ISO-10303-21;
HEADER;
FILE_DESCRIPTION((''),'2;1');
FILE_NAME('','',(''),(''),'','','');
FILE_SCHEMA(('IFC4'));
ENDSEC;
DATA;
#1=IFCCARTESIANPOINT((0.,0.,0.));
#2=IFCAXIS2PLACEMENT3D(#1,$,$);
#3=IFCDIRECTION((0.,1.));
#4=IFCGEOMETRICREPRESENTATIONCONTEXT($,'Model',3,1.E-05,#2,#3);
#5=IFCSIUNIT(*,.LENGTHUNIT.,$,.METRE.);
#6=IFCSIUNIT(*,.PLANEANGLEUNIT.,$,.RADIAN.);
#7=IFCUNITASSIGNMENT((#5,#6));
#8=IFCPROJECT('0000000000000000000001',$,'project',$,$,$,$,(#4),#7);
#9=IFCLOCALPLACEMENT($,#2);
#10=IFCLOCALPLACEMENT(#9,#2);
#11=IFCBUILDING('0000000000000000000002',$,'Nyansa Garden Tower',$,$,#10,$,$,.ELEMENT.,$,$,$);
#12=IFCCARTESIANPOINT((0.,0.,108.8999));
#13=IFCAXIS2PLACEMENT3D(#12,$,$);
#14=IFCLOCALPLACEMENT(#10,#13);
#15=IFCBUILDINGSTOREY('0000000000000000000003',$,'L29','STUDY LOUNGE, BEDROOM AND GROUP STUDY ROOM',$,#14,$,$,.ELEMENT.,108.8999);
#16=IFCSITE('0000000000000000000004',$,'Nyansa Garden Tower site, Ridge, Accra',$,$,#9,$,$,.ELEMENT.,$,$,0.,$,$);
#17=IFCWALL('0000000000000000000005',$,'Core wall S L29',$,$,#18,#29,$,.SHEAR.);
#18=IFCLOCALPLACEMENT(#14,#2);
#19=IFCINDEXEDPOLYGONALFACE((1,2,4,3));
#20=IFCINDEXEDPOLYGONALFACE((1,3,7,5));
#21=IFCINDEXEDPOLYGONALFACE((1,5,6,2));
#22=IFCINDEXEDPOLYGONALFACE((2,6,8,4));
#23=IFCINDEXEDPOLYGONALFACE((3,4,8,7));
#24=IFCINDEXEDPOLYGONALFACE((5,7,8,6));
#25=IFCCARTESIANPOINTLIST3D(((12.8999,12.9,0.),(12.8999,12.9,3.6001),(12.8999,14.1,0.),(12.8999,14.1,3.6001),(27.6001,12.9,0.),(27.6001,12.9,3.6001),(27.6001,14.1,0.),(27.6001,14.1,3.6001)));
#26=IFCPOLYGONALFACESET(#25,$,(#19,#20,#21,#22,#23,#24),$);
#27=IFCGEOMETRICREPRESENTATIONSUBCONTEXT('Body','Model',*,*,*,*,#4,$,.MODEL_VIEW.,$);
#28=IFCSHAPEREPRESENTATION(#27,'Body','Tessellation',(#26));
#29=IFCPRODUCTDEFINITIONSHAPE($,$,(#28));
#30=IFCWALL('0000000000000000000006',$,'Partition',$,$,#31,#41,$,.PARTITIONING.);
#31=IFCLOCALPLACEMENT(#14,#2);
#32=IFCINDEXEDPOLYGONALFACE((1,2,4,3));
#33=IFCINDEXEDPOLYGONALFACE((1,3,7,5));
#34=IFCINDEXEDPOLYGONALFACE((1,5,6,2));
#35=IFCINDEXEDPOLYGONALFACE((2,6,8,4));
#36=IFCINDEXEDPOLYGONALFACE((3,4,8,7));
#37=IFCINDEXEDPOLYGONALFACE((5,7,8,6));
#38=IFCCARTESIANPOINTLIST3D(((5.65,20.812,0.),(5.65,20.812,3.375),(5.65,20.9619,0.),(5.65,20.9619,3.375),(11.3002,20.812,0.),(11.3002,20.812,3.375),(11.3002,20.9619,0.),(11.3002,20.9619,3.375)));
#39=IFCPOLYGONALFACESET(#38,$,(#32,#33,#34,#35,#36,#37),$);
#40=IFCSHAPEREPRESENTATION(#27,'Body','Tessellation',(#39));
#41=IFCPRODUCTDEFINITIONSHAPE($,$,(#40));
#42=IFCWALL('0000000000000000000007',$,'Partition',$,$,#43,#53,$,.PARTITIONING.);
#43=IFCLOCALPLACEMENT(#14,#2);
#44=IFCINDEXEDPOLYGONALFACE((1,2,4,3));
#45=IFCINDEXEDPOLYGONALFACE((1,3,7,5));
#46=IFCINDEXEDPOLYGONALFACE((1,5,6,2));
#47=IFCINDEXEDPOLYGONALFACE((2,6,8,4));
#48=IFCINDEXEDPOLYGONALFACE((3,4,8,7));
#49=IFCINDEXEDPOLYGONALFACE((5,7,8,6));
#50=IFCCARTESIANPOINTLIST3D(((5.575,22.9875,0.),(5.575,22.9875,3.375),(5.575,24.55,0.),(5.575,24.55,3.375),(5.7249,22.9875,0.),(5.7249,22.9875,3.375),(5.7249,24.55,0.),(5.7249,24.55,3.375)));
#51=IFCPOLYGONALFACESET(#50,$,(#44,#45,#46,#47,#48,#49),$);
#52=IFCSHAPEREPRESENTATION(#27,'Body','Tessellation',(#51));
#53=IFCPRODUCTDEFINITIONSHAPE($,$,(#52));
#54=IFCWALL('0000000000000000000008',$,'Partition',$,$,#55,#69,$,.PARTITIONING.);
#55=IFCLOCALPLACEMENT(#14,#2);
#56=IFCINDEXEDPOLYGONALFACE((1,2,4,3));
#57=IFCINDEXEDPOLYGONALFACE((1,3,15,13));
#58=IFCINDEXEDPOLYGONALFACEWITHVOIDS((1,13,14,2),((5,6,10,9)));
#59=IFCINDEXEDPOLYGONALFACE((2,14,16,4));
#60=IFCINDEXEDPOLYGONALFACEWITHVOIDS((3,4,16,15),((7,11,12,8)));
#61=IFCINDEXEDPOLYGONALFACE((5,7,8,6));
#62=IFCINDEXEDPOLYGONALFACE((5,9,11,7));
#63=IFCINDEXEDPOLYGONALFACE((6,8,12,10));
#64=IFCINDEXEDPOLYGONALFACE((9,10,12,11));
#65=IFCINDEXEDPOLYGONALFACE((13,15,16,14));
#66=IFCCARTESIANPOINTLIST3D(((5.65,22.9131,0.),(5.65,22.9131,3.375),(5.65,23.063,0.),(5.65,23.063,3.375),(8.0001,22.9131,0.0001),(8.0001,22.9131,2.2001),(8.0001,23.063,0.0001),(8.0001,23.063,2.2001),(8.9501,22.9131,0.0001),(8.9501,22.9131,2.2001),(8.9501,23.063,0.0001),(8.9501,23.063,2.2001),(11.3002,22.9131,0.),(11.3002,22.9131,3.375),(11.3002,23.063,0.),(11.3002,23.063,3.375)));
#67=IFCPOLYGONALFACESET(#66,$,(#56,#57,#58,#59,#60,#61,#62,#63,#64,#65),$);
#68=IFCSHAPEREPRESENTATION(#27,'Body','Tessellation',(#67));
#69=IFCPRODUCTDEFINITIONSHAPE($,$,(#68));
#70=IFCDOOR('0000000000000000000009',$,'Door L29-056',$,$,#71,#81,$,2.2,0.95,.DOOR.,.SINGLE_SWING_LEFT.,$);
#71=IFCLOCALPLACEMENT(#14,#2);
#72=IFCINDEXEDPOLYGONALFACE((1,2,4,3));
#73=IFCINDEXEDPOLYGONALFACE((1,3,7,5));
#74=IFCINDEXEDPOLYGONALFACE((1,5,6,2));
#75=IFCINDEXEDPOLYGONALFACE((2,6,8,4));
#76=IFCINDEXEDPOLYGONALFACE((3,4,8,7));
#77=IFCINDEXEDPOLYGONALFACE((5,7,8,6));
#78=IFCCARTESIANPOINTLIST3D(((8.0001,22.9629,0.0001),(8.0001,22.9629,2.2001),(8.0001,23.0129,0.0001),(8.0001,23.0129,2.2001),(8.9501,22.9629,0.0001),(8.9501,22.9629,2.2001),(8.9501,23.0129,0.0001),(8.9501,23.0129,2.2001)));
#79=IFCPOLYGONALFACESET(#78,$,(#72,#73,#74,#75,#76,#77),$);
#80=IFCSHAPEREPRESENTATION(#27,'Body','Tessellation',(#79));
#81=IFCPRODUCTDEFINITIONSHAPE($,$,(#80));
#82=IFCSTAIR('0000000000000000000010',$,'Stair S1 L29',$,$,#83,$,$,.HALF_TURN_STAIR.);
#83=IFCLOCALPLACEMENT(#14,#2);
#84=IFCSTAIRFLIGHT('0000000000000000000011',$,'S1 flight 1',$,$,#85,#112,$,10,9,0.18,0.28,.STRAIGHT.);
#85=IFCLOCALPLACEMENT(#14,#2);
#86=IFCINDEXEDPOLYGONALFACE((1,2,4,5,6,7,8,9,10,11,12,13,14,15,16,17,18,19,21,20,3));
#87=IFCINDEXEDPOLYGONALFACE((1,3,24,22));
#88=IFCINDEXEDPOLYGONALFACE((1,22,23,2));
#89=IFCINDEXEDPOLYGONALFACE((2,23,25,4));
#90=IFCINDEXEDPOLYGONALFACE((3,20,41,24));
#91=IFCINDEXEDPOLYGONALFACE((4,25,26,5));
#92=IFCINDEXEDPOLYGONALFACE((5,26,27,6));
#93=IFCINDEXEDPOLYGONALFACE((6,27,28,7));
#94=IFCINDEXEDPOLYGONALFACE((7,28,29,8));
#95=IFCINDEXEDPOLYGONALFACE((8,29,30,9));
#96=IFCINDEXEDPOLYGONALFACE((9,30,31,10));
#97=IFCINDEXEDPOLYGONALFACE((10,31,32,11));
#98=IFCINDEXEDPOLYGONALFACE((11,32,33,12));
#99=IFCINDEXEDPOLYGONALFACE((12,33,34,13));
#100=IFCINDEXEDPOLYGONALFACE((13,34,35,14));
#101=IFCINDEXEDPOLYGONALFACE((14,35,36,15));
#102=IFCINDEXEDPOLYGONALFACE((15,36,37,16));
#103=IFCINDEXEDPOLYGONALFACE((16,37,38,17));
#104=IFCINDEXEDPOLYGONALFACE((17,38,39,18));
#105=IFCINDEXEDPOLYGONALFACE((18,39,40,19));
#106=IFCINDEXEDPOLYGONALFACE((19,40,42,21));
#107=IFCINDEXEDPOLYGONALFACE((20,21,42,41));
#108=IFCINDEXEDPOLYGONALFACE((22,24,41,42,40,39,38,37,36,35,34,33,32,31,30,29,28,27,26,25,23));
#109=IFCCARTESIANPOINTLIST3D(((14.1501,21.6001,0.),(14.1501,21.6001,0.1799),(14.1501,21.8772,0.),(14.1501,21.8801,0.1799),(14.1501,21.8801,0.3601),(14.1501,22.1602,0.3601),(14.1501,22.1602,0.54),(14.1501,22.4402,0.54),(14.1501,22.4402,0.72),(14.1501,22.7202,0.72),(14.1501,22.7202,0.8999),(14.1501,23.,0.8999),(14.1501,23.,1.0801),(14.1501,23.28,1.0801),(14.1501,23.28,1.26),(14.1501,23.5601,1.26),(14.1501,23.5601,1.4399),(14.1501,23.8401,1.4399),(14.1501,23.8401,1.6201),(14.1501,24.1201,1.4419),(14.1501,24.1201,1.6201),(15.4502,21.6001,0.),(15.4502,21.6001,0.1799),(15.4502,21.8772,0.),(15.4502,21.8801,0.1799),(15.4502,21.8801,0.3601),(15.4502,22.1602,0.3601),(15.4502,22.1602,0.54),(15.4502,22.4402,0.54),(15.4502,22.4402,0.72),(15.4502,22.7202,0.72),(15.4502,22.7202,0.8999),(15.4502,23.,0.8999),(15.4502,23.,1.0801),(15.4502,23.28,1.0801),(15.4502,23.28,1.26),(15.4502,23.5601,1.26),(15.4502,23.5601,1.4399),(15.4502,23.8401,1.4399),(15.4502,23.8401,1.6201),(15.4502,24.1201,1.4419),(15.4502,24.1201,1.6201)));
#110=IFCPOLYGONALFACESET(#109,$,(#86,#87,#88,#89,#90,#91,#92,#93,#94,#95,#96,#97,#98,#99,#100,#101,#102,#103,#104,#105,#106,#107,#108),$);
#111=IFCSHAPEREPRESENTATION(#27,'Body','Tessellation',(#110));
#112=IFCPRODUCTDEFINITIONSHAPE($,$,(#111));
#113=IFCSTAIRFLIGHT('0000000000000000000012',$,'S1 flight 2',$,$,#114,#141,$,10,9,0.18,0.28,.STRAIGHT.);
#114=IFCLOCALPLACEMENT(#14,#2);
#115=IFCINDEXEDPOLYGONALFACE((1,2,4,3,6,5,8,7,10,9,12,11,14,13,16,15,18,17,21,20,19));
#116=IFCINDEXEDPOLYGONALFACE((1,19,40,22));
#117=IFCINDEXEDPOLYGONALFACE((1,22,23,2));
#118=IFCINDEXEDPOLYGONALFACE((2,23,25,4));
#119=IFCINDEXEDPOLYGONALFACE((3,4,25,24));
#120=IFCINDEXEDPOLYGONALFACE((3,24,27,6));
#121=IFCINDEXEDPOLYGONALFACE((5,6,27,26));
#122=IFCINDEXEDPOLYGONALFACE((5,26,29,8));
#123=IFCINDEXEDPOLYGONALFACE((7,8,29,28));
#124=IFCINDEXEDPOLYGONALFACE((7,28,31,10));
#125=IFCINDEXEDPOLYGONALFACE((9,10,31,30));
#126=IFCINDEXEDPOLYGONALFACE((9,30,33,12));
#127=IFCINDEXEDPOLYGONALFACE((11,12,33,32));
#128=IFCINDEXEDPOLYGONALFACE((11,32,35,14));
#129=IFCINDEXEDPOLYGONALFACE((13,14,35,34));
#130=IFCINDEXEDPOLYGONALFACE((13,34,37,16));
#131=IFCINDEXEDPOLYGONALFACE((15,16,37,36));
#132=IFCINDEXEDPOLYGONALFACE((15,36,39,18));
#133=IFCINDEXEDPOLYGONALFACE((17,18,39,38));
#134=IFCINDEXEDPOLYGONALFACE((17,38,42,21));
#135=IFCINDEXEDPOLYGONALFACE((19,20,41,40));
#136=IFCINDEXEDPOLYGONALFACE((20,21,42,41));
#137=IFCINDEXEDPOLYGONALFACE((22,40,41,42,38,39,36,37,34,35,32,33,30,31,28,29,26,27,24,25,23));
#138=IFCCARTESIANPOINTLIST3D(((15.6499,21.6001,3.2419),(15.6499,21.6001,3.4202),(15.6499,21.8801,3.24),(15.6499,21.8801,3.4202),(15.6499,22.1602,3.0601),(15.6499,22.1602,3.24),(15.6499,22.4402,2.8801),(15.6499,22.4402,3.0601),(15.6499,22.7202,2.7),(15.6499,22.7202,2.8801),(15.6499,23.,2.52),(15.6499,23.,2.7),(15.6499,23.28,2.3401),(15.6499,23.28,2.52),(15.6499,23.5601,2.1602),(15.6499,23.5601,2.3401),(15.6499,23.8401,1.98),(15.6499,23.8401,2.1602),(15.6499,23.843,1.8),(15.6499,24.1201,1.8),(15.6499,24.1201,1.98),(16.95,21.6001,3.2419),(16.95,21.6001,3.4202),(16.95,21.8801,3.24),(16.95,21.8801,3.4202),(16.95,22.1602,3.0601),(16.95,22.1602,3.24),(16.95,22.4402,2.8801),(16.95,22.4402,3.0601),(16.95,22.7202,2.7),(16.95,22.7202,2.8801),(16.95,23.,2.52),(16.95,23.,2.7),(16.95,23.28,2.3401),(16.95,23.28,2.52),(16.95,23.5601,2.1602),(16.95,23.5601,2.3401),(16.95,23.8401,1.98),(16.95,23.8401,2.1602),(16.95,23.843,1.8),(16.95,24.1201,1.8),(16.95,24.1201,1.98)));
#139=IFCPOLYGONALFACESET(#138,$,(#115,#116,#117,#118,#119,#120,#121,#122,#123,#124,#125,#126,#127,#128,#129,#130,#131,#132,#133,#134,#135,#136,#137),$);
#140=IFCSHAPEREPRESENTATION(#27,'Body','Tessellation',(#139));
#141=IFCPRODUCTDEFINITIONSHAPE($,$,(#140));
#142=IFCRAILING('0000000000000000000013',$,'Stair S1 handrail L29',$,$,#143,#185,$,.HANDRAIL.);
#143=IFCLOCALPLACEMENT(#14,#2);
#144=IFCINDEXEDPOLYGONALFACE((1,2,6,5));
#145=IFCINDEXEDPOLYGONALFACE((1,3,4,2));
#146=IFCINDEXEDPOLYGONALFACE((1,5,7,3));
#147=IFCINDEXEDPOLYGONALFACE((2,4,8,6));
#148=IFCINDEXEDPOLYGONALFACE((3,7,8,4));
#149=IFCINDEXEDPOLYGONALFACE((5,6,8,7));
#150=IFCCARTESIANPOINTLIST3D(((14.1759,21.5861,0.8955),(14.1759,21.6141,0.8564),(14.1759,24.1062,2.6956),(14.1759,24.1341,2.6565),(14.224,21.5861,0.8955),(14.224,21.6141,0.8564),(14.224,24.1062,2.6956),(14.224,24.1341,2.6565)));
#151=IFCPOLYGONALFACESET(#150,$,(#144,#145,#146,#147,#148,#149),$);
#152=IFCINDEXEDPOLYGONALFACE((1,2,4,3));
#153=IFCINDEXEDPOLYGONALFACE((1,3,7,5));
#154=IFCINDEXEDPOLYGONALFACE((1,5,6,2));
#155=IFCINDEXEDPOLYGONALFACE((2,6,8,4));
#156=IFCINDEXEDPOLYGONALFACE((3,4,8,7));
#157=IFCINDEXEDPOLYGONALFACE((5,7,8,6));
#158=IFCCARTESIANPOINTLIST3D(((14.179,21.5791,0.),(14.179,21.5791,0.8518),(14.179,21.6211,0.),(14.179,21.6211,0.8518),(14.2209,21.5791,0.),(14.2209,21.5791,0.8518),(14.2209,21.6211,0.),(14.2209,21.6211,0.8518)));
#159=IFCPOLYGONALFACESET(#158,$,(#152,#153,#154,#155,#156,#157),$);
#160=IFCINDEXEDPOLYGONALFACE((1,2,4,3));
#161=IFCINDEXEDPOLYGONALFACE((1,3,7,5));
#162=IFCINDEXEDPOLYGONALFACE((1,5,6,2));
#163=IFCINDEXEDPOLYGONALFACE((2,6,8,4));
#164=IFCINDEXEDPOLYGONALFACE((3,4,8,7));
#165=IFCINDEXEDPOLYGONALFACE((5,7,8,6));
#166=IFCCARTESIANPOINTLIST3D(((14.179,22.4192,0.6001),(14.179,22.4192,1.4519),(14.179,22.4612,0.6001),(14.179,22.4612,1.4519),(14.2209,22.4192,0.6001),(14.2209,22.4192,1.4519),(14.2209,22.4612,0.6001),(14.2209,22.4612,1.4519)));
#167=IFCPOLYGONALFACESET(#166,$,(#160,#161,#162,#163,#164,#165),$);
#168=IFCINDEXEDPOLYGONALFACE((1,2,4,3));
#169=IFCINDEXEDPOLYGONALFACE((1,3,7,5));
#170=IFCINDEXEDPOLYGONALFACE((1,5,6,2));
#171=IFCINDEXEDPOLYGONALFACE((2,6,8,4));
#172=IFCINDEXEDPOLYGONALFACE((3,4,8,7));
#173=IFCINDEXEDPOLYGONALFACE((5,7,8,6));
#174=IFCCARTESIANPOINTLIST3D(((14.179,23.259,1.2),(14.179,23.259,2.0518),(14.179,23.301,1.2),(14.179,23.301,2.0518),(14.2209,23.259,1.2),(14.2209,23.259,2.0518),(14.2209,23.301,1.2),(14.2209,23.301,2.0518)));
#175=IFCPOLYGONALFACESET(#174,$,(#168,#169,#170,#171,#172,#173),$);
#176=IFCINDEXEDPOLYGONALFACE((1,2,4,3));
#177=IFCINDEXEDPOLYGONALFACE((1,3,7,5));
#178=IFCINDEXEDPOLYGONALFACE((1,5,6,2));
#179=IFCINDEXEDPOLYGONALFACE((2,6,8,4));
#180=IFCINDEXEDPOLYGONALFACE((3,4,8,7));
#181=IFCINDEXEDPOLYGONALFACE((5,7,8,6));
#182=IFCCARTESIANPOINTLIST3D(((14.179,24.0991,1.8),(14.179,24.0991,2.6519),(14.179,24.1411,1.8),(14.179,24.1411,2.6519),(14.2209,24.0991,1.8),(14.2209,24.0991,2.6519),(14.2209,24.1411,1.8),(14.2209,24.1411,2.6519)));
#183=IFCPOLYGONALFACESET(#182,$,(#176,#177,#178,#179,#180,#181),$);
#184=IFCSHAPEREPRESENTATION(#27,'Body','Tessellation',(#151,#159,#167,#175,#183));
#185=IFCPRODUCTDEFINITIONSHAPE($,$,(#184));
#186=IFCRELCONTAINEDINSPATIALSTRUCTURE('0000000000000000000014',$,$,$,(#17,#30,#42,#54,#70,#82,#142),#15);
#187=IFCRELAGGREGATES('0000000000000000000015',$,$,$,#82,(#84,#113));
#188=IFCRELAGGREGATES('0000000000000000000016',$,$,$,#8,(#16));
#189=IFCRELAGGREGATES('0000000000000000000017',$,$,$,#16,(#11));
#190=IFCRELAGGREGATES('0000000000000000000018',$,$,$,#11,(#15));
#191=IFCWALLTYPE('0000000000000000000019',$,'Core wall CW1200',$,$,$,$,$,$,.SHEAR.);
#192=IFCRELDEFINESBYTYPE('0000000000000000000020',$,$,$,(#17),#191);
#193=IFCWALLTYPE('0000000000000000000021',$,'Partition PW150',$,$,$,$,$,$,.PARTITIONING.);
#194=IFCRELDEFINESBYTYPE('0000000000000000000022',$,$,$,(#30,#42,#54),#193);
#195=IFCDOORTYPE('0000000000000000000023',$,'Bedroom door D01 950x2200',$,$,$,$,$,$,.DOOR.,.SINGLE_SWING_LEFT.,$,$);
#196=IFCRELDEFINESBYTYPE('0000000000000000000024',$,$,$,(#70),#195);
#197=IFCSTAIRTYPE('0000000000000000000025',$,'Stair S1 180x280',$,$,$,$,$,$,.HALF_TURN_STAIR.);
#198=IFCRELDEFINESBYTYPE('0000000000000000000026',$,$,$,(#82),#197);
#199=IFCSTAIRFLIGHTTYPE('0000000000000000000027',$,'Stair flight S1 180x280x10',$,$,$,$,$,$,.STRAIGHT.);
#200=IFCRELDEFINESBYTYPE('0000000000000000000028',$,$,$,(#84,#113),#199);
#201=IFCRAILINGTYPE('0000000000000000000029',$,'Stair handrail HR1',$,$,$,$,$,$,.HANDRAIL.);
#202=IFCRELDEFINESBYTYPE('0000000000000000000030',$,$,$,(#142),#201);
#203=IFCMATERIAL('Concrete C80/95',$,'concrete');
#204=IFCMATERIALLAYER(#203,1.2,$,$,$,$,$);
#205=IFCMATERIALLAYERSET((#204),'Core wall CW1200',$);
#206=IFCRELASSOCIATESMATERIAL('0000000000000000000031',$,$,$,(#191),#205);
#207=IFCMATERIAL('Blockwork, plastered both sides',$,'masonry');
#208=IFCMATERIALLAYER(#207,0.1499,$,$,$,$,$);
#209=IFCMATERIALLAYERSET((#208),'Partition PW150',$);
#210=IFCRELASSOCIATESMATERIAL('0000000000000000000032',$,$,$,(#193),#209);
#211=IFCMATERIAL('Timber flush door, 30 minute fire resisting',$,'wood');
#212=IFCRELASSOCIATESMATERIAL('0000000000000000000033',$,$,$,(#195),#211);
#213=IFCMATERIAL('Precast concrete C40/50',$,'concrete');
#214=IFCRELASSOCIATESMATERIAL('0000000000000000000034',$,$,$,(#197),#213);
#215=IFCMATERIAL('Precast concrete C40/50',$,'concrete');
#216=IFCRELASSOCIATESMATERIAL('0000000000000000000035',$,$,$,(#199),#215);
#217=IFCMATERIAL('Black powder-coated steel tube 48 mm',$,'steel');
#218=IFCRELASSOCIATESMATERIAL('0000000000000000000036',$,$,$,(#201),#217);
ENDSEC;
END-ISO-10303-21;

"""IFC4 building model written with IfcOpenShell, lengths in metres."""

from ifc_helpers import new_model, si_unit, direction, frame, frame_2d, origin, origin_2d, place, context, subcontext, project, spatial, polyline, rectangle, outline, extrude, material, layer, layer_set, type_object, element, fill, aggregate, save


model = new_model("IFC4")

# Units and contexts
model_context = context("Model", 3, precision=1e-05, world=origin(), true_north=direction((0.0, 1.0)))
body_context = subcontext(model_context, "Body", "Model", "MODEL_VIEW")
ifc_project = project(units=[si_unit("LENGTHUNIT", "METRE"), si_unit("PLANEANGLEUNIT", "RADIAN")], contexts=[model_context])

# Site, building, storey
site_placement = place(None, origin())
site = spatial("IfcSite", under=ifc_project, at=site_placement, Name="Nyansa Garden Tower site, Ridge, Accra", CompositionType="ELEMENT", RefElevation=0.0)
building_placement = place(site_placement, origin())
building = spatial("IfcBuilding", under=site, at=building_placement, Name="Nyansa Garden Tower", CompositionType="ELEMENT")
storey_placement = place(building_placement, frame((0.0, 0.0, 108.8999)))
storey = spatial("IfcBuildingStorey", under=building, at=storey_placement, Name="L29", Description="STUDY LOUNGE, BEDROOM AND GROUP STUDY ROOM", CompositionType="ELEMENT", Elevation=108.8999)

# Walls
ifc_material_1 = material(Name="Concrete C80/95", Category="concrete")
ifc_layer_1 = layer(ifc_material_1, 1.2)
ifc_layer_set_1 = layer_set([ifc_layer_1], Name="Core wall CW1200")
wall_type_1 = type_object("IfcWallType", Name="Core wall CW1200", PredefinedType="SHEAR", material=ifc_layer_set_1)
wall_1_placement = place(storey_placement, frame((12.8999, 13.5, 0.0), z_axis=(0.0, 0.0, 1.0), x_axis=(1.0, 0.0, 0.0)))
element("IfcWall", 1, at=wall_1_placement, inside=storey, type_object=wall_type_1, Name="Core wall S L29", PredefinedType="SHEAR", context=body_context, shape_type="SweptSolid", body=[
    extrude(rectangle(XDim=14.7002, YDim=1.2, at=frame_2d((7.3501, 0.0))), origin(), (0.0, 0.0, 1.0), 3.6001),
])
ifc_material_2 = material(Name="Blockwork, plastered both sides", Category="masonry")
ifc_layer_2 = layer(ifc_material_2, 0.1499)
ifc_layer_set_2 = layer_set([ifc_layer_2], Name="Partition PW150")
wall_type_2 = type_object("IfcWallType", Name="Partition PW150", PredefinedType="PARTITIONING", material=ifc_layer_set_2)
wall_2_placement = place(storey_placement, frame((5.6499, 20.887, 0.0), z_axis=(0.0, 0.0, 1.0), x_axis=(1.0, 0.0, 0.0)))
element("IfcWall", 2, at=wall_2_placement, inside=storey, type_object=wall_type_2, Name="Partition", PredefinedType="PARTITIONING", context=body_context, shape_type="SweptSolid", body=[
    extrude(rectangle(XDim=5.6501, YDim=0.1499, at=frame_2d((2.8252, 0.0))), origin(), (0.0, 0.0, 1.0), 3.375),
])
wall_3_placement = place(storey_placement, frame((5.6499, 22.9875, 0.0), z_axis=(0.0, 0.0, 1.0), x_axis=(0.0, 1.0, 0.0)))
element("IfcWall", 3, at=wall_3_placement, inside=storey, type_object=wall_type_2, Name="Partition", PredefinedType="PARTITIONING", context=body_context, shape_type="SweptSolid", body=[
    extrude(rectangle(XDim=1.5625, YDim=0.1499, at=frame_2d((0.7812, 0.0))), origin(), (0.0, 0.0, 1.0), 3.375),
])

# Wall, opening, door
wall_4_placement = place(storey_placement, frame((5.6499, 22.988, 0.0), z_axis=(0.0, 0.0, 1.0), x_axis=(1.0, 0.0, 0.0)))
wall_4 = element("IfcWall", 4, at=wall_4_placement, inside=storey, type_object=wall_type_2, Name="Partition", PredefinedType="PARTITIONING", context=body_context, shape_type="SweptSolid", body=[
    extrude(rectangle(XDim=5.6501, YDim=0.1499, at=frame_2d((2.8252, 0.0))), origin(), (0.0, 0.0, 1.0), 3.375),
])
opening_1_placement = place(wall_4_placement, frame((2.3501, 0.0, 0.0)))
opening_1 = element("IfcOpeningElement", 5, at=opening_1_placement, cuts=wall_4, PredefinedType="OPENING", context=body_context, shape_type="SweptSolid", body=[
    extrude(rectangle(XDim=0.95, YDim=2.2, at=frame_2d((0.4751, 1.1001))), frame((0.0, 0.085, 0.0), z_axis=(0.0, -1.0, 0.0), x_axis=(1.0, 0.0, 0.0)), (0.0, 0.0, 1.0), 0.1699),
])
ifc_material_3 = material(Name="Timber flush door, 30 minute fire resisting", Category="wood")
door_type_1 = type_object("IfcDoorType", Name="Bedroom door D01 950x2200", OperationType="SINGLE_SWING_LEFT", PredefinedType="DOOR", material=ifc_material_3)
door_1_placement = place(opening_1_placement, origin())
door_1 = element("IfcDoor", 6, at=door_1_placement, inside=storey, type_object=door_type_1, Name="Door L29-056", OperationType="SINGLE_SWING_LEFT", OverallHeight=2.2, OverallWidth=0.95, PredefinedType="DOOR", context=body_context, shape_type="SweptSolid", body=[
    extrude(rectangle(XDim=0.95, YDim=2.2, at=frame_2d((0.4751, 1.1001))), frame((0.0, 0.0249, 0.0), z_axis=(0.0, -1.0, 0.0), x_axis=(1.0, 0.0, 0.0)), (0.0, 0.0, 1.0), 0.05),
])
fill(opening_1, door_1)

# Stair, stair flights
ifc_material_4 = material(Name="Precast concrete C40/50", Category="concrete")
stair_type = type_object("IfcStairType", Name="Stair S1 180x280", PredefinedType="HALF_TURN_STAIR", material=ifc_material_4)
stair_placement = place(storey_placement, origin())
stair = element("IfcStair", 7, at=stair_placement, inside=storey, type_object=stair_type, Name="Stair S1 L29", PredefinedType="HALF_TURN_STAIR")
ifc_material_5 = material(Name="Precast concrete C40/50", Category="concrete")
stair_flight_type = type_object("IfcStairFlightType", Name="Stair flight S1 180x280x10", PredefinedType="STRAIGHT", material=ifc_material_5)
stair_flight_1_placement = place(storey_placement, frame((14.8, 21.6001, 0.0), z_axis=(0.0, 0.0, 1.0), x_axis=(0.0, 1.0, 0.0)))
stair_flight_1 = element("IfcStairFlight", 8, at=stair_flight_1_placement, type_object=stair_flight_type, Name="S1 flight 1", NumberOfRisers=10, NumberOfTreads=9, PredefinedType="STRAIGHT", RiserHeight=0.18, TreadLength=0.28, context=body_context, shape_type="SweptSolid", body=[
    extrude(outline(polyline([(0.0, 0.0), (0.0, 0.1799), (0.28, 0.1799), (0.28, 0.3601), (0.5601, 0.3601), (0.5601, 0.54), (0.8401, 0.54), (0.8401, 0.72), (1.1201, 0.72), (1.1201, 0.8999), (1.3999, 0.8999), (1.3999, 1.0801), (1.6799, 1.0801), (1.6799, 1.26), (1.96, 1.26), (1.96, 1.4399), (2.24, 1.4399), (2.24, 1.6201), (2.52, 1.6201), (2.52, 1.8), (2.52, 1.4419), (0.2771, 0.0), (0.0, 0.0)])), frame((0.0, 0.6499, 0.0), z_axis=(0.0, -1.0, 0.0), x_axis=(1.0, 0.0, 0.0)), (0.0, 0.0, 1.0), 1.3),
])
stair_flight_2_placement = place(storey_placement, frame((16.3, 24.1201, 1.8), z_axis=(0.0, 0.0, 1.0), x_axis=(0.0, -1.0, 0.0)))
stair_flight_2 = element("IfcStairFlight", 9, at=stair_flight_2_placement, type_object=stair_flight_type, Name="S1 flight 2", NumberOfRisers=10, NumberOfTreads=9, PredefinedType="STRAIGHT", RiserHeight=0.18, TreadLength=0.28, context=body_context, shape_type="SweptSolid", body=[
    extrude(outline(polyline([(0.0, 0.0), (0.0, 0.1799), (0.28, 0.1799), (0.28, 0.3601), (0.5601, 0.3601), (0.5601, 0.54), (0.8401, 0.54), (0.8401, 0.72), (1.1201, 0.72), (1.1201, 0.8999), (1.3999, 0.8999), (1.3999, 1.0801), (1.6799, 1.0801), (1.6799, 1.26), (1.96, 1.26), (1.96, 1.4399), (2.24, 1.4399), (2.24, 1.6201), (2.52, 1.6201), (2.52, 1.8), (2.52, 1.4419), (0.2771, 0.0), (0.0, 0.0)])), frame((0.0, 0.6499, 0.0), z_axis=(0.0, -1.0, 0.0), x_axis=(1.0, 0.0, 0.0)), (0.0, 0.0, 1.0), 1.3),
])
aggregate(stair, [stair_flight_1, stair_flight_2])

# Railing
ifc_material_6 = material(Name="Black powder-coated steel tube 48 mm", Category="steel")
railing_type = type_object("IfcRailingType", Name="Stair handrail HR1", PredefinedType="HANDRAIL", material=ifc_material_6)
railing_1_placement = place(storey_placement, frame((14.2, 21.6001, 0.0)))
element("IfcRailing", 10, at=railing_1_placement, inside=storey, type_object=railing_type, Name="Stair S1 handrail L29", PredefinedType="HANDRAIL", context=body_context, shape_type="SweptSolid", body=[
    extrude(rectangle(XDim=0.0481, YDim=0.0481, at=origin_2d()), frame((0.0, 0.0, 0.876), z_axis=(0.0, 0.813728, 0.581246), x_axis=(-1.0, 0.0, 0.0)), (0.0, 0.0, 1.0), 3.0969),
    extrude(rectangle(XDim=0.042, YDim=0.042, at=origin_2d()), origin(), (0.0, 0.0, 1.0), 0.8518),
    extrude(rectangle(XDim=0.042, YDim=0.042, at=origin_2d()), frame((0.0, 0.8401, 0.6001)), (0.0, 0.0, 1.0), 0.8518),
    extrude(rectangle(XDim=0.042, YDim=0.042, at=origin_2d()), frame((0.0, 1.6799, 1.2)), (0.0, 0.0, 1.0), 0.8518),
    extrude(rectangle(XDim=0.042, YDim=0.042, at=origin_2d()), frame((0.0, 2.52, 1.8)), (0.0, 0.0, 1.0), 0.8518),
])

save(model, "model.ifc")
